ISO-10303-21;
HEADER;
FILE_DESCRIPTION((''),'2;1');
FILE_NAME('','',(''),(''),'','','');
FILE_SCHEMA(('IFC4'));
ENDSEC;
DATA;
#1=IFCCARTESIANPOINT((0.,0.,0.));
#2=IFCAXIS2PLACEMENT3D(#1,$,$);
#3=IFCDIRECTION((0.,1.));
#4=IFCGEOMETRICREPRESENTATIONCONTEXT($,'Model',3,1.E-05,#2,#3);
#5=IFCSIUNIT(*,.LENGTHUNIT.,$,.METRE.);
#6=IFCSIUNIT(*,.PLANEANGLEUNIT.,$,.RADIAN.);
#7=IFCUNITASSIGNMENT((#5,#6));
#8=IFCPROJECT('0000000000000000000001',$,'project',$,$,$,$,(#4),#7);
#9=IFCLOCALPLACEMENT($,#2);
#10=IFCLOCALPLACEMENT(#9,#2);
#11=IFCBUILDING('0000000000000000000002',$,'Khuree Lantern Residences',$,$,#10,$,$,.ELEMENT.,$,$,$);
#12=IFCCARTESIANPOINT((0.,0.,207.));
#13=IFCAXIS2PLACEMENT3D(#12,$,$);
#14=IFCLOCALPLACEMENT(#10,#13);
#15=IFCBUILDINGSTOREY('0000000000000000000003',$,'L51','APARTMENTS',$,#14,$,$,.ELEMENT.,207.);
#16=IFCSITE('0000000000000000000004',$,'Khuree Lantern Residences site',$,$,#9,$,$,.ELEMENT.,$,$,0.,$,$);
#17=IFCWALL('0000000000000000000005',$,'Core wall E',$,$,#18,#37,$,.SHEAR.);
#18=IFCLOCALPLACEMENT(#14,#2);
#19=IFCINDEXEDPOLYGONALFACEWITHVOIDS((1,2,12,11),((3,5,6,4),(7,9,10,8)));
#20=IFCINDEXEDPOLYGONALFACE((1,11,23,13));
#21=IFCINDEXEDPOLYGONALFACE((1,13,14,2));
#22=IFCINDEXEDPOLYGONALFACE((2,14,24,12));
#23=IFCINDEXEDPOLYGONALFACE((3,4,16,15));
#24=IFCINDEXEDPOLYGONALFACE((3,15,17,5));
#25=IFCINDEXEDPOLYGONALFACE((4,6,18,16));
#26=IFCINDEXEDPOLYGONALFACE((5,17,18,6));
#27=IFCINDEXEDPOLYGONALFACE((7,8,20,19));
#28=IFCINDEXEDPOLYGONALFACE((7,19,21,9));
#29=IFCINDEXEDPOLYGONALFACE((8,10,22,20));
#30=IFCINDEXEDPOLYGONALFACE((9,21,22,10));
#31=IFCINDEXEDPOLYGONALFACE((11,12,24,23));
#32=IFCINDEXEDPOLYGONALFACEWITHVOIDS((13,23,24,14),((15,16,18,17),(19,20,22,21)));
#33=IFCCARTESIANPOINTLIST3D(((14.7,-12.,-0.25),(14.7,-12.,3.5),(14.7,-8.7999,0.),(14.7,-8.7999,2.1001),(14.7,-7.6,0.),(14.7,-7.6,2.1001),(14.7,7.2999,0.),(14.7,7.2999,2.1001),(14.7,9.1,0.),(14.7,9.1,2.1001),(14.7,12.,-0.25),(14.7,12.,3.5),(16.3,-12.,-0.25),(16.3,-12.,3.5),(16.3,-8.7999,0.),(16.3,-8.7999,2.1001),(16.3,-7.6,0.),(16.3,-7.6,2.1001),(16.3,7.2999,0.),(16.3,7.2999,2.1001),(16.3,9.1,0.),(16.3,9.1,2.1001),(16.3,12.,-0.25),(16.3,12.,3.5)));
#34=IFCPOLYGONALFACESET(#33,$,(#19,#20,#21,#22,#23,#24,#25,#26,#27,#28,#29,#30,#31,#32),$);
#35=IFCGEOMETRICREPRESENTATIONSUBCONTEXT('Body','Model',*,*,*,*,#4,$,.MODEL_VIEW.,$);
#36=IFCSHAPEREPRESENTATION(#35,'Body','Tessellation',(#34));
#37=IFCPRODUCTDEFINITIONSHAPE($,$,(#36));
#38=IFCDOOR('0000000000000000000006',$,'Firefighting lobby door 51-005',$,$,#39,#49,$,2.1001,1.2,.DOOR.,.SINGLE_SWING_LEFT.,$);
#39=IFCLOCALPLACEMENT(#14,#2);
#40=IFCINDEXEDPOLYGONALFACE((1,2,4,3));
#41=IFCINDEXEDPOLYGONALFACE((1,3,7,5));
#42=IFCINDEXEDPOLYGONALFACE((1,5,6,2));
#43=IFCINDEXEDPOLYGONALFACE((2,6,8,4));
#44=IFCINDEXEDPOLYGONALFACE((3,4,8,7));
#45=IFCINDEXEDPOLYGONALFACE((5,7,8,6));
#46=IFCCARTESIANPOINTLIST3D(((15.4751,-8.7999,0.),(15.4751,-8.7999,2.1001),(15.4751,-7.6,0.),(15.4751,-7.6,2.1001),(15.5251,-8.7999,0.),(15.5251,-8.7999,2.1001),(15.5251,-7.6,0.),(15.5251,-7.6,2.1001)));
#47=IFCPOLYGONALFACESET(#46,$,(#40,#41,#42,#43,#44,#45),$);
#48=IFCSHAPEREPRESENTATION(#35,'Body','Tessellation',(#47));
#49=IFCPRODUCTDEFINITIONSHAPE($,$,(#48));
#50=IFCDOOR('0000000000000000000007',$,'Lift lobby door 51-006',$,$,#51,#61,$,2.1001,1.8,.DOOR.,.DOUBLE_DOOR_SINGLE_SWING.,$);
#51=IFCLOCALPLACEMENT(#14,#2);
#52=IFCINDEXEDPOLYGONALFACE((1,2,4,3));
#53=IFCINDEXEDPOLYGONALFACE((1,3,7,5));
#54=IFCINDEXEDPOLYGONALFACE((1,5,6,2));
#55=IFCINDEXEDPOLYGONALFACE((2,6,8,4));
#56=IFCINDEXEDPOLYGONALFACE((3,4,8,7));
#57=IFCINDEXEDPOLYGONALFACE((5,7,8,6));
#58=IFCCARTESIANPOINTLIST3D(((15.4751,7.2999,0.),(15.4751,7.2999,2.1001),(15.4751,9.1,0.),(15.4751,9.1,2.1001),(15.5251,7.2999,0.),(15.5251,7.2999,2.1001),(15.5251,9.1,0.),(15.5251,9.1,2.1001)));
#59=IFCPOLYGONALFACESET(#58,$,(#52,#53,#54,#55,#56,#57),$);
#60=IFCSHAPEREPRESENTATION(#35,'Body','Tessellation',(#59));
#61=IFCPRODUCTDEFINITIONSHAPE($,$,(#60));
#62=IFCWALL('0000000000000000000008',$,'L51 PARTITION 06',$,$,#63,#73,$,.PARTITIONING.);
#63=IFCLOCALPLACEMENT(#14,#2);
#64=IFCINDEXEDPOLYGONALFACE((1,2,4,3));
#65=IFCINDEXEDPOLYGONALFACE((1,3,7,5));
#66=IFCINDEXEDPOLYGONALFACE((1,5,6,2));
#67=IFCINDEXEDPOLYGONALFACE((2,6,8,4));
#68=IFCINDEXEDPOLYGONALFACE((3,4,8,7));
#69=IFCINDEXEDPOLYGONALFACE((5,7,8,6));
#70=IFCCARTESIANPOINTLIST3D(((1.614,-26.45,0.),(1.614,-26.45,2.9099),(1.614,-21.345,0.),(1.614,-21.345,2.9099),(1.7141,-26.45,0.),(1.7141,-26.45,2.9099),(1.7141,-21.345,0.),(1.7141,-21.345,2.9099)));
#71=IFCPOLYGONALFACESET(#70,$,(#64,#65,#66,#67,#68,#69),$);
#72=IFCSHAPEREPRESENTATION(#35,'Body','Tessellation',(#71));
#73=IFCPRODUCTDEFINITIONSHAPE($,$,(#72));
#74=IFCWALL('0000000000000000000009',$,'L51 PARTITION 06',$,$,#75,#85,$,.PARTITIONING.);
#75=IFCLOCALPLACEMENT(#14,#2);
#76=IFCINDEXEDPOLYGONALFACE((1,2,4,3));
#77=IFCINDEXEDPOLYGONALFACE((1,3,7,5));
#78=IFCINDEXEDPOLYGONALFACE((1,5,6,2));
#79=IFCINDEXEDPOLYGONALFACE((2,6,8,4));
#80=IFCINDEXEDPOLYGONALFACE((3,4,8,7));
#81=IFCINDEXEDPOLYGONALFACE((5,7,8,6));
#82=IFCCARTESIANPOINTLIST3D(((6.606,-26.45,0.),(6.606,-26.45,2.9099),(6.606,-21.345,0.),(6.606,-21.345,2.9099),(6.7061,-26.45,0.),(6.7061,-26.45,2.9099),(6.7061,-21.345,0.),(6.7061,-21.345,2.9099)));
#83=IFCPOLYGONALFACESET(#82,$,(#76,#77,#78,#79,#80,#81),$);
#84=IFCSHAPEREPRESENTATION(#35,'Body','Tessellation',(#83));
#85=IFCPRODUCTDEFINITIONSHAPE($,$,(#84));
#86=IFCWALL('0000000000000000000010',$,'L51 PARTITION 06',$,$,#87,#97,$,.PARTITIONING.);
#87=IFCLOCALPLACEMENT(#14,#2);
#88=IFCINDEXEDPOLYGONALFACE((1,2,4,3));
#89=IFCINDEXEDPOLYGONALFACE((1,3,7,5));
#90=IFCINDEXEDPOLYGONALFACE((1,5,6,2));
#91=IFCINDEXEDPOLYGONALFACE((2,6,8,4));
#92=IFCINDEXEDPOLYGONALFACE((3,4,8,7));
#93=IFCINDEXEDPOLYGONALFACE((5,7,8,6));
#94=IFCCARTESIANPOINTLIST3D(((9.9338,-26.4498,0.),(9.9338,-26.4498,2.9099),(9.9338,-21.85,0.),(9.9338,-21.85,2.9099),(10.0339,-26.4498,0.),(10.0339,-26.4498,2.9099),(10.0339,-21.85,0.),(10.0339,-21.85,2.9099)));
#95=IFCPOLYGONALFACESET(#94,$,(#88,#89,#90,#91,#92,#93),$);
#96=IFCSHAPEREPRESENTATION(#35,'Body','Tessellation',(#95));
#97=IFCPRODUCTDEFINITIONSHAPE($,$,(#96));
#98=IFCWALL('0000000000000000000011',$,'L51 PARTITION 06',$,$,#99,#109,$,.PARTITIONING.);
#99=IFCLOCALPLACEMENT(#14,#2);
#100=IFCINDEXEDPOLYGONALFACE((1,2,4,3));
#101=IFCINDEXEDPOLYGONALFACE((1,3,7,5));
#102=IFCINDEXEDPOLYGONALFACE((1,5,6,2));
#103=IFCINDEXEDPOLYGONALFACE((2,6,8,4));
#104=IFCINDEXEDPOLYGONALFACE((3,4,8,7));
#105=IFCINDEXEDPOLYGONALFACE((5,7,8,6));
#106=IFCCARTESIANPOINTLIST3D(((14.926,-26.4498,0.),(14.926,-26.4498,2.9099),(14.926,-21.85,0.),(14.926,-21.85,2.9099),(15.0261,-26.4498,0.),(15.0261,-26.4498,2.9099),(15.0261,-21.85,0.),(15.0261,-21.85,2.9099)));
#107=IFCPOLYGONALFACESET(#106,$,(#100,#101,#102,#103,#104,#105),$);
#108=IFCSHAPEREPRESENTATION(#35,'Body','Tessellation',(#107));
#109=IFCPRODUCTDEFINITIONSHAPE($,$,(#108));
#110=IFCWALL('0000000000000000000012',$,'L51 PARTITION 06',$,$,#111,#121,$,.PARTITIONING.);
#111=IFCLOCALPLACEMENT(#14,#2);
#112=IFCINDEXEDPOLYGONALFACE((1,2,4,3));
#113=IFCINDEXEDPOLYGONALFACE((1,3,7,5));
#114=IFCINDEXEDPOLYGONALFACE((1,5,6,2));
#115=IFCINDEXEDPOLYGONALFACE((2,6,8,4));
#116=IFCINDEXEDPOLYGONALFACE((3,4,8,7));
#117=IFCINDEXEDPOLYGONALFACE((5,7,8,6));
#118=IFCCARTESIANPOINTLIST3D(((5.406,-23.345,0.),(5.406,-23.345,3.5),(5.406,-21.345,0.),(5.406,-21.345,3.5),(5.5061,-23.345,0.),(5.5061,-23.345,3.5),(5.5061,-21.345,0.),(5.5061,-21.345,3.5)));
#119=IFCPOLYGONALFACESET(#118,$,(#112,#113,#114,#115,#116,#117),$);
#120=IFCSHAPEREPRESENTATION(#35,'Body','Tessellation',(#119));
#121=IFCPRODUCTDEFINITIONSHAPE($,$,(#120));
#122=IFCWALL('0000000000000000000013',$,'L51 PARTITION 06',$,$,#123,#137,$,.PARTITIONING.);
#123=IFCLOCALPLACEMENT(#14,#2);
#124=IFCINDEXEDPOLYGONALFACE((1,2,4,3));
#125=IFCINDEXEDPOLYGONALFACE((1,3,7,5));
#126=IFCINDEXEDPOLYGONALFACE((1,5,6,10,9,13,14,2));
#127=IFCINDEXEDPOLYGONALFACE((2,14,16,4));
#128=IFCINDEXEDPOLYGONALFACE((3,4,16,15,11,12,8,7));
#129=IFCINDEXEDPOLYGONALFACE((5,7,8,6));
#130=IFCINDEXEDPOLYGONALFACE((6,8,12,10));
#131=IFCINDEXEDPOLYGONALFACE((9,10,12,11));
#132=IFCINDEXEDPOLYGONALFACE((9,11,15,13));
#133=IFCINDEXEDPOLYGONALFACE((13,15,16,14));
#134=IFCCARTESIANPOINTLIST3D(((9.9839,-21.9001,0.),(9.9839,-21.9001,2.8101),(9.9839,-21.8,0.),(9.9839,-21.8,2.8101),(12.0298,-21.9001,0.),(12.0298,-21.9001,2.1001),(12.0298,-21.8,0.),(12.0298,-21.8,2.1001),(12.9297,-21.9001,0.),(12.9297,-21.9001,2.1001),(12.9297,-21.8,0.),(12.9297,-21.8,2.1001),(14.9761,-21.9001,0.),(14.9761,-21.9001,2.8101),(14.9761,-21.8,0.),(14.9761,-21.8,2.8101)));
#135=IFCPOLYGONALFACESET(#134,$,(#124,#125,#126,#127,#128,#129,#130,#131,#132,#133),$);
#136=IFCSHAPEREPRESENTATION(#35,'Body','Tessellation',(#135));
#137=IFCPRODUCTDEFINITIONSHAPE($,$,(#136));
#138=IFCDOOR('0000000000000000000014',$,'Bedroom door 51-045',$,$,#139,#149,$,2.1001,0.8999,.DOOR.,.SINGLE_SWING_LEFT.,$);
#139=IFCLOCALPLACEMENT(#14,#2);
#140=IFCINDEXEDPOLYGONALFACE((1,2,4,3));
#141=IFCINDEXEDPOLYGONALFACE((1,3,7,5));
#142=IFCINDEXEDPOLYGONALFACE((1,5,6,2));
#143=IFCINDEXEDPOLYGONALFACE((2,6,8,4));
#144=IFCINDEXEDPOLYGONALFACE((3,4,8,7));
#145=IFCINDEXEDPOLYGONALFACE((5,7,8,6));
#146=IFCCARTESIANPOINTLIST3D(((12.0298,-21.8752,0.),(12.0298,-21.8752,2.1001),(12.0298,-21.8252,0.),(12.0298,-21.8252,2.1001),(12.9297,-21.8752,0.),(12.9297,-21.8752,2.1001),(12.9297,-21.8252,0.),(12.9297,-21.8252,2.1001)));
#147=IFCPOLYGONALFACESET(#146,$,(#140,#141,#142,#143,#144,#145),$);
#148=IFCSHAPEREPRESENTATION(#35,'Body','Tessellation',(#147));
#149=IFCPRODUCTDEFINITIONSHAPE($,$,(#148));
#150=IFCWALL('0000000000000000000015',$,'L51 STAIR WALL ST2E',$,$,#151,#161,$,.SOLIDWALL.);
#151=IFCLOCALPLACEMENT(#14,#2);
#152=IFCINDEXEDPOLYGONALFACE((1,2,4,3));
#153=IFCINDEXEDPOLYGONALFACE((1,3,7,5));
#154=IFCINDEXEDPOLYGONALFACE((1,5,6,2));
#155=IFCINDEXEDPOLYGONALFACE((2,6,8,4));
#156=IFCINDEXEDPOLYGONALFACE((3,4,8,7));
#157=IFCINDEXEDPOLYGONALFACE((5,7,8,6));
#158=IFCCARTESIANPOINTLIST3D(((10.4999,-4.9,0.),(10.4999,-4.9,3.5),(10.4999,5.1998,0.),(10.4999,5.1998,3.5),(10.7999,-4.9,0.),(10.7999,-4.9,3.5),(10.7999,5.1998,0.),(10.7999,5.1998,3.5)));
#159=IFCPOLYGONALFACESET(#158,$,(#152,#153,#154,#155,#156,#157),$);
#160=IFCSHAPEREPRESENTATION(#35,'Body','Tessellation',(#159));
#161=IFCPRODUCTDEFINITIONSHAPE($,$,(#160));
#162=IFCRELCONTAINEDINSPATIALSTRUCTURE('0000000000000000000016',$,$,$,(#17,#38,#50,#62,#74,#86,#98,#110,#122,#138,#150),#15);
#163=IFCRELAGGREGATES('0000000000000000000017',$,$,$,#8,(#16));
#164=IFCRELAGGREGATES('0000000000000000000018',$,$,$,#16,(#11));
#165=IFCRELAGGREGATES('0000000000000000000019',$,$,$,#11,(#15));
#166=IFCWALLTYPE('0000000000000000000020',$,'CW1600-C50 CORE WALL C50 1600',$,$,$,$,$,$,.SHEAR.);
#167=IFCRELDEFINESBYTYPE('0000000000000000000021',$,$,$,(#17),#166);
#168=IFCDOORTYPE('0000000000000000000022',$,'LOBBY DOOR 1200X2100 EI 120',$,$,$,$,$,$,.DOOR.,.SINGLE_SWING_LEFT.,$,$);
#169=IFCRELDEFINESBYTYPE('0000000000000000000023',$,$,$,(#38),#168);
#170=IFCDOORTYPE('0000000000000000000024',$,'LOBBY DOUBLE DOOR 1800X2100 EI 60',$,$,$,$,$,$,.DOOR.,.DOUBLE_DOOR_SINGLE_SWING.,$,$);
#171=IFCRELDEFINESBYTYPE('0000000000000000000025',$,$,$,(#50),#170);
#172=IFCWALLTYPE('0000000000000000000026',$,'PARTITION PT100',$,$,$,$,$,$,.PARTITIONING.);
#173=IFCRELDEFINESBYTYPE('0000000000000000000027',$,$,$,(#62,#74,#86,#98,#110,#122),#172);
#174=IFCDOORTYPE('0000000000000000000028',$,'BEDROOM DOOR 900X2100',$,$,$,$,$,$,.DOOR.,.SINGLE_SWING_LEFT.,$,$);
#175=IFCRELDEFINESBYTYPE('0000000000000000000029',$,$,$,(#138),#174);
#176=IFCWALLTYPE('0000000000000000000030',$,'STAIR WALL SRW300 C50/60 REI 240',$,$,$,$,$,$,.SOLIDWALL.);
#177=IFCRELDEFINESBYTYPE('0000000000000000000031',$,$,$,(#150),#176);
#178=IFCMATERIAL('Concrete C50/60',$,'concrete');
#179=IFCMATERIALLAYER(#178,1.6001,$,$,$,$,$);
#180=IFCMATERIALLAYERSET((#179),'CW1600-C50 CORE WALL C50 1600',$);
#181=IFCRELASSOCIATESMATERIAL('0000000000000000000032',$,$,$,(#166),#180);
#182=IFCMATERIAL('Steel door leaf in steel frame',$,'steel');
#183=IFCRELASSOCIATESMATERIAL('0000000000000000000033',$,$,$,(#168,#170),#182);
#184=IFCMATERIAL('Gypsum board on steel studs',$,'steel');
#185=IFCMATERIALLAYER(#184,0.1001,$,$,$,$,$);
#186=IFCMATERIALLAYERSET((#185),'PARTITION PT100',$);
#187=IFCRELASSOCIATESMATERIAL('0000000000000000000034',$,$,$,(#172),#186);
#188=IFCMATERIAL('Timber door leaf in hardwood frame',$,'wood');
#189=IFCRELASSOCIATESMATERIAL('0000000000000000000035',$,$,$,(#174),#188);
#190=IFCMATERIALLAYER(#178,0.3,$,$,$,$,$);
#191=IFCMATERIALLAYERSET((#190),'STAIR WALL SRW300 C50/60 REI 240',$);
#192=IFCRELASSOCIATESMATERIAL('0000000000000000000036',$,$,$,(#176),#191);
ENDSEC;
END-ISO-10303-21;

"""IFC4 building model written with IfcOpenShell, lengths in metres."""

from ifc_helpers import new_model, si_unit, direction, frame, frame_2d, origin, place, context, subcontext, project, spatial, rectangle, extrude, material, layer, layer_set, type_object, element, fill, save


model = new_model("IFC4")

# Units and contexts
model_context = context("Model", 3, precision=1e-05, world=origin(), true_north=direction((0.0, 1.0)))
body_context = subcontext(model_context, "Body", "Model", "MODEL_VIEW")
ifc_project = project(units=[si_unit("LENGTHUNIT", "METRE"), si_unit("PLANEANGLEUNIT", "RADIAN")], contexts=[model_context])

# Site, building, storey
site_placement = place(None, origin())
site = spatial("IfcSite", under=ifc_project, at=site_placement, Name="Khuree Lantern Residences site", CompositionType="ELEMENT", RefElevation=0.0)
building_placement = place(site_placement, origin())
building = spatial("IfcBuilding", under=site, at=building_placement, Name="Khuree Lantern Residences", CompositionType="ELEMENT")
storey_placement = place(building_placement, frame((0.0, 0.0, 207.0)))
storey = spatial("IfcBuildingStorey", under=building, at=storey_placement, Name="L51", Description="APARTMENTS", CompositionType="ELEMENT", Elevation=207.0)

# Shared definitions
ifc_material_1 = material(Name="Concrete C50/60", Category="concrete")

# Shared definitions
ifc_material_2 = material(Name="Timber door leaf in hardwood frame", Category="wood")

# Shared definitions
ifc_material_3 = material(Name="Gypsum board on steel studs", Category="steel")

# Wall, openings, doors
ifc_layer_1 = layer(ifc_material_1, 1.6001)
ifc_layer_set_1 = layer_set([ifc_layer_1], Name="CW1600-C50 CORE WALL C50 1600")
wall_type_1 = type_object("IfcWallType", Name="CW1600-C50 CORE WALL C50 1600", PredefinedType="SHEAR", material=ifc_layer_set_1)
wall_1_placement = place(storey_placement, frame((15.5, -12.0, -0.25), z_axis=(0.0, 0.0, 1.0), x_axis=(0.0, 1.0, 0.0)))
wall_1 = element("IfcWall", 1, at=wall_1_placement, inside=storey, type_object=wall_type_1, Name="Core wall E", PredefinedType="SHEAR", context=body_context, shape_type="SweptSolid", body=[
    extrude(rectangle(XDim=24.0, YDim=1.6001, at=frame_2d((12.0, 0.0))), origin(), (0.0, 0.0, 1.0), 3.75),
])
opening_1_placement = place(wall_1_placement, frame((3.2, 0.0, 0.25)))
opening_1 = element("IfcOpeningElement", 2, at=opening_1_placement, cuts=wall_1, PredefinedType="OPENING", context=body_context, shape_type="SweptSolid", body=[
    extrude(rectangle(XDim=1.2, YDim=2.1001, at=frame_2d((0.6001, 1.05))), frame((0.0, 0.8101, 0.0), z_axis=(0.0, -1.0, 0.0), x_axis=(1.0, 0.0, 0.0)), (0.0, 0.0, 1.0), 1.6201),
])
opening_2_placement = place(wall_1_placement, frame((19.3, 0.0, 0.25)))
opening_2 = element("IfcOpeningElement", 3, at=opening_2_placement, cuts=wall_1, PredefinedType="OPENING", context=body_context, shape_type="SweptSolid", body=[
    extrude(rectangle(XDim=1.8, YDim=2.1001, at=frame_2d((0.8999, 1.05))), frame((0.0, 0.8101, 0.0), z_axis=(0.0, -1.0, 0.0), x_axis=(1.0, 0.0, 0.0)), (0.0, 0.0, 1.0), 1.6201),
])
ifc_material_4 = material(Name="Steel door leaf in steel frame", Category="steel")
door_type_1 = type_object("IfcDoorType", Name="LOBBY DOOR 1200X2100 EI 120", OperationType="SINGLE_SWING_LEFT", PredefinedType="DOOR", material=ifc_material_4)
door_1_placement = place(opening_1_placement, origin())
door_1 = element("IfcDoor", 4, at=door_1_placement, inside=storey, type_object=door_type_1, Name="Firefighting lobby door 51-005", OperationType="SINGLE_SWING_LEFT", OverallHeight=2.1001, OverallWidth=1.2, PredefinedType="DOOR", context=body_context, shape_type="SweptSolid", body=[
    extrude(rectangle(XDim=1.2, YDim=2.1001, at=frame_2d((0.6001, 1.05))), frame((0.0, 0.0249, 0.0), z_axis=(0.0, -1.0, 0.0), x_axis=(1.0, 0.0, 0.0)), (0.0, 0.0, 1.0), 0.05),
])
fill(opening_1, door_1)
door_type_2 = type_object("IfcDoorType", Name="LOBBY DOUBLE DOOR 1800X2100 EI 60", OperationType="DOUBLE_DOOR_SINGLE_SWING", PredefinedType="DOOR", material=ifc_material_4)
door_2_placement = place(opening_2_placement, origin())
door_2 = element("IfcDoor", 5, at=door_2_placement, inside=storey, type_object=door_type_2, Name="Lift lobby door 51-006", OperationType="DOUBLE_DOOR_SINGLE_SWING", OverallHeight=2.1001, OverallWidth=1.8, PredefinedType="DOOR", context=body_context, shape_type="SweptSolid", body=[
    extrude(rectangle(XDim=1.8, YDim=2.1001, at=frame_2d((0.8999, 1.05))), frame((0.0, 0.0249, 0.0), z_axis=(0.0, -1.0, 0.0), x_axis=(1.0, 0.0, 0.0)), (0.0, 0.0, 1.0), 0.05),
])
fill(opening_2, door_2)

# Walls
ifc_layer_2 = layer(ifc_material_3, 0.1001)
ifc_layer_set_2 = layer_set([ifc_layer_2], Name="PARTITION PT100")
wall_type_2 = type_object("IfcWallType", Name="PARTITION PT100", PredefinedType="PARTITIONING", material=ifc_layer_set_2)
for number, where, z_axis, x_axis, name in (
    (6, (1.6641, -21.345, 0.0), (0.0, 0.0, 1.0), (0.0, -1.0, 0.0), "L51 PARTITION 06"),
    (7, (6.656, -21.345, 0.0), (0.0, 0.0, 1.0), (0.0, -1.0, 0.0), "L51 PARTITION 06"),
):
    element("IfcWall", number, at=place(storey_placement, frame(where, z_axis=z_axis, x_axis=x_axis)), inside=storey, type_object=wall_type_2, Name=name, PredefinedType="PARTITIONING", context=body_context, shape_type="SweptSolid", body=[
        extrude(rectangle(XDim=5.105, YDim=0.1001, at=frame_2d((2.5525, 0.0))), origin(), (0.0, 0.0, 1.0), 2.9099),
    ])
for number, where, z_axis, x_axis, name in (
    (8, (9.9839, -21.8501, 0.0), (0.0, 0.0, 1.0), (0.0, -1.0, 0.0), "L51 PARTITION 06"),
    (9, (14.9761, -21.8501, 0.0), (0.0, 0.0, 1.0), (0.0, -1.0, 0.0), "L51 PARTITION 06"),
):
    element("IfcWall", number, at=place(storey_placement, frame(where, z_axis=z_axis, x_axis=x_axis)), inside=storey, type_object=wall_type_2, Name=name, PredefinedType="PARTITIONING", context=body_context, shape_type="SweptSolid", body=[
        extrude(rectangle(XDim=4.5999, YDim=0.1001, at=frame_2d((2.2998, 0.0))), origin(), (0.0, 0.0, 1.0), 2.9099),
    ])
wall_2_placement = place(storey_placement, frame((5.4561, -21.345, 0.0), z_axis=(0.0, 0.0, 1.0), x_axis=(0.0, -1.0, 0.0)))
element("IfcWall", 10, at=wall_2_placement, inside=storey, type_object=wall_type_2, Name="L51 PARTITION 06", PredefinedType="PARTITIONING", context=body_context, shape_type="SweptSolid", body=[
    extrude(rectangle(XDim=2.0, YDim=0.1001, at=frame_2d((1.0, 0.0))), origin(), (0.0, 0.0, 1.0), 3.5),
])

# Wall, opening, door
wall_3_placement = place(storey_placement, frame((9.9839, -21.8501, 0.0), z_axis=(0.0, 0.0, 1.0), x_axis=(1.0, 0.0, 0.0)))
wall_3 = element("IfcWall", 11, at=wall_3_placement, inside=storey, type_object=wall_type_2, Name="L51 PARTITION 06", PredefinedType="PARTITIONING", context=body_context, shape_type="SweptSolid", body=[
    extrude(rectangle(XDim=4.9922, YDim=0.1001, at=frame_2d((2.4961, 0.0))), origin(), (0.0, 0.0, 1.0), 2.8101),
])
opening_3_placement = place(wall_3_placement, frame((2.0459, 0.0, 0.0)))
opening_3 = element("IfcOpeningElement", 12, at=opening_3_placement, cuts=wall_3, PredefinedType="OPENING", context=body_context, shape_type="SweptSolid", body=[
    extrude(rectangle(XDim=0.8999, YDim=2.1001, at=frame_2d((0.45, 1.05))), frame((0.0, 0.0601, 0.0), z_axis=(0.0, -1.0, 0.0), x_axis=(1.0, 0.0, 0.0)), (0.0, 0.0, 1.0), 0.1201),
])
door_type_3 = type_object("IfcDoorType", Name="BEDROOM DOOR 900X2100", OperationType="SINGLE_SWING_LEFT", PredefinedType="DOOR", material=ifc_material_2)
door_3_placement = place(opening_3_placement, origin())
door_3 = element("IfcDoor", 13, at=door_3_placement, inside=storey, type_object=door_type_3, Name="Bedroom door 51-045", OperationType="SINGLE_SWING_LEFT", OverallHeight=2.1001, OverallWidth=0.8999, PredefinedType="DOOR", context=body_context, shape_type="SweptSolid", body=[
    extrude(rectangle(XDim=0.8999, YDim=2.1001, at=frame_2d((0.45, 1.05))), frame((0.0, 0.0249, 0.0), z_axis=(0.0, -1.0, 0.0), x_axis=(1.0, 0.0, 0.0)), (0.0, 0.0, 1.0), 0.05),
])
fill(opening_3, door_3)

# Wall
ifc_layer_3 = layer(ifc_material_1, 0.3)
ifc_layer_set_3 = layer_set([ifc_layer_3], Name="STAIR WALL SRW300 C50/60 REI 240")
wall_type_3 = type_object("IfcWallType", Name="STAIR WALL SRW300 C50/60 REI 240", PredefinedType="SOLIDWALL", material=ifc_layer_set_3)
wall_4_placement = place(storey_placement, frame((10.6499, -4.8999, 0.0), z_axis=(0.0, 0.0, 1.0), x_axis=(0.0, 1.0, 0.0)))
element("IfcWall", 14, at=wall_4_placement, inside=storey, type_object=wall_type_3, Name="L51 STAIR WALL ST2E", PredefinedType="SOLIDWALL", context=body_context, shape_type="SweptSolid", body=[
    extrude(rectangle(XDim=10.0999, YDim=0.3, at=frame_2d((5.0498, 0.0))), origin(), (0.0, 0.0, 1.0), 3.5),
])

save(model, "model.ifc")
